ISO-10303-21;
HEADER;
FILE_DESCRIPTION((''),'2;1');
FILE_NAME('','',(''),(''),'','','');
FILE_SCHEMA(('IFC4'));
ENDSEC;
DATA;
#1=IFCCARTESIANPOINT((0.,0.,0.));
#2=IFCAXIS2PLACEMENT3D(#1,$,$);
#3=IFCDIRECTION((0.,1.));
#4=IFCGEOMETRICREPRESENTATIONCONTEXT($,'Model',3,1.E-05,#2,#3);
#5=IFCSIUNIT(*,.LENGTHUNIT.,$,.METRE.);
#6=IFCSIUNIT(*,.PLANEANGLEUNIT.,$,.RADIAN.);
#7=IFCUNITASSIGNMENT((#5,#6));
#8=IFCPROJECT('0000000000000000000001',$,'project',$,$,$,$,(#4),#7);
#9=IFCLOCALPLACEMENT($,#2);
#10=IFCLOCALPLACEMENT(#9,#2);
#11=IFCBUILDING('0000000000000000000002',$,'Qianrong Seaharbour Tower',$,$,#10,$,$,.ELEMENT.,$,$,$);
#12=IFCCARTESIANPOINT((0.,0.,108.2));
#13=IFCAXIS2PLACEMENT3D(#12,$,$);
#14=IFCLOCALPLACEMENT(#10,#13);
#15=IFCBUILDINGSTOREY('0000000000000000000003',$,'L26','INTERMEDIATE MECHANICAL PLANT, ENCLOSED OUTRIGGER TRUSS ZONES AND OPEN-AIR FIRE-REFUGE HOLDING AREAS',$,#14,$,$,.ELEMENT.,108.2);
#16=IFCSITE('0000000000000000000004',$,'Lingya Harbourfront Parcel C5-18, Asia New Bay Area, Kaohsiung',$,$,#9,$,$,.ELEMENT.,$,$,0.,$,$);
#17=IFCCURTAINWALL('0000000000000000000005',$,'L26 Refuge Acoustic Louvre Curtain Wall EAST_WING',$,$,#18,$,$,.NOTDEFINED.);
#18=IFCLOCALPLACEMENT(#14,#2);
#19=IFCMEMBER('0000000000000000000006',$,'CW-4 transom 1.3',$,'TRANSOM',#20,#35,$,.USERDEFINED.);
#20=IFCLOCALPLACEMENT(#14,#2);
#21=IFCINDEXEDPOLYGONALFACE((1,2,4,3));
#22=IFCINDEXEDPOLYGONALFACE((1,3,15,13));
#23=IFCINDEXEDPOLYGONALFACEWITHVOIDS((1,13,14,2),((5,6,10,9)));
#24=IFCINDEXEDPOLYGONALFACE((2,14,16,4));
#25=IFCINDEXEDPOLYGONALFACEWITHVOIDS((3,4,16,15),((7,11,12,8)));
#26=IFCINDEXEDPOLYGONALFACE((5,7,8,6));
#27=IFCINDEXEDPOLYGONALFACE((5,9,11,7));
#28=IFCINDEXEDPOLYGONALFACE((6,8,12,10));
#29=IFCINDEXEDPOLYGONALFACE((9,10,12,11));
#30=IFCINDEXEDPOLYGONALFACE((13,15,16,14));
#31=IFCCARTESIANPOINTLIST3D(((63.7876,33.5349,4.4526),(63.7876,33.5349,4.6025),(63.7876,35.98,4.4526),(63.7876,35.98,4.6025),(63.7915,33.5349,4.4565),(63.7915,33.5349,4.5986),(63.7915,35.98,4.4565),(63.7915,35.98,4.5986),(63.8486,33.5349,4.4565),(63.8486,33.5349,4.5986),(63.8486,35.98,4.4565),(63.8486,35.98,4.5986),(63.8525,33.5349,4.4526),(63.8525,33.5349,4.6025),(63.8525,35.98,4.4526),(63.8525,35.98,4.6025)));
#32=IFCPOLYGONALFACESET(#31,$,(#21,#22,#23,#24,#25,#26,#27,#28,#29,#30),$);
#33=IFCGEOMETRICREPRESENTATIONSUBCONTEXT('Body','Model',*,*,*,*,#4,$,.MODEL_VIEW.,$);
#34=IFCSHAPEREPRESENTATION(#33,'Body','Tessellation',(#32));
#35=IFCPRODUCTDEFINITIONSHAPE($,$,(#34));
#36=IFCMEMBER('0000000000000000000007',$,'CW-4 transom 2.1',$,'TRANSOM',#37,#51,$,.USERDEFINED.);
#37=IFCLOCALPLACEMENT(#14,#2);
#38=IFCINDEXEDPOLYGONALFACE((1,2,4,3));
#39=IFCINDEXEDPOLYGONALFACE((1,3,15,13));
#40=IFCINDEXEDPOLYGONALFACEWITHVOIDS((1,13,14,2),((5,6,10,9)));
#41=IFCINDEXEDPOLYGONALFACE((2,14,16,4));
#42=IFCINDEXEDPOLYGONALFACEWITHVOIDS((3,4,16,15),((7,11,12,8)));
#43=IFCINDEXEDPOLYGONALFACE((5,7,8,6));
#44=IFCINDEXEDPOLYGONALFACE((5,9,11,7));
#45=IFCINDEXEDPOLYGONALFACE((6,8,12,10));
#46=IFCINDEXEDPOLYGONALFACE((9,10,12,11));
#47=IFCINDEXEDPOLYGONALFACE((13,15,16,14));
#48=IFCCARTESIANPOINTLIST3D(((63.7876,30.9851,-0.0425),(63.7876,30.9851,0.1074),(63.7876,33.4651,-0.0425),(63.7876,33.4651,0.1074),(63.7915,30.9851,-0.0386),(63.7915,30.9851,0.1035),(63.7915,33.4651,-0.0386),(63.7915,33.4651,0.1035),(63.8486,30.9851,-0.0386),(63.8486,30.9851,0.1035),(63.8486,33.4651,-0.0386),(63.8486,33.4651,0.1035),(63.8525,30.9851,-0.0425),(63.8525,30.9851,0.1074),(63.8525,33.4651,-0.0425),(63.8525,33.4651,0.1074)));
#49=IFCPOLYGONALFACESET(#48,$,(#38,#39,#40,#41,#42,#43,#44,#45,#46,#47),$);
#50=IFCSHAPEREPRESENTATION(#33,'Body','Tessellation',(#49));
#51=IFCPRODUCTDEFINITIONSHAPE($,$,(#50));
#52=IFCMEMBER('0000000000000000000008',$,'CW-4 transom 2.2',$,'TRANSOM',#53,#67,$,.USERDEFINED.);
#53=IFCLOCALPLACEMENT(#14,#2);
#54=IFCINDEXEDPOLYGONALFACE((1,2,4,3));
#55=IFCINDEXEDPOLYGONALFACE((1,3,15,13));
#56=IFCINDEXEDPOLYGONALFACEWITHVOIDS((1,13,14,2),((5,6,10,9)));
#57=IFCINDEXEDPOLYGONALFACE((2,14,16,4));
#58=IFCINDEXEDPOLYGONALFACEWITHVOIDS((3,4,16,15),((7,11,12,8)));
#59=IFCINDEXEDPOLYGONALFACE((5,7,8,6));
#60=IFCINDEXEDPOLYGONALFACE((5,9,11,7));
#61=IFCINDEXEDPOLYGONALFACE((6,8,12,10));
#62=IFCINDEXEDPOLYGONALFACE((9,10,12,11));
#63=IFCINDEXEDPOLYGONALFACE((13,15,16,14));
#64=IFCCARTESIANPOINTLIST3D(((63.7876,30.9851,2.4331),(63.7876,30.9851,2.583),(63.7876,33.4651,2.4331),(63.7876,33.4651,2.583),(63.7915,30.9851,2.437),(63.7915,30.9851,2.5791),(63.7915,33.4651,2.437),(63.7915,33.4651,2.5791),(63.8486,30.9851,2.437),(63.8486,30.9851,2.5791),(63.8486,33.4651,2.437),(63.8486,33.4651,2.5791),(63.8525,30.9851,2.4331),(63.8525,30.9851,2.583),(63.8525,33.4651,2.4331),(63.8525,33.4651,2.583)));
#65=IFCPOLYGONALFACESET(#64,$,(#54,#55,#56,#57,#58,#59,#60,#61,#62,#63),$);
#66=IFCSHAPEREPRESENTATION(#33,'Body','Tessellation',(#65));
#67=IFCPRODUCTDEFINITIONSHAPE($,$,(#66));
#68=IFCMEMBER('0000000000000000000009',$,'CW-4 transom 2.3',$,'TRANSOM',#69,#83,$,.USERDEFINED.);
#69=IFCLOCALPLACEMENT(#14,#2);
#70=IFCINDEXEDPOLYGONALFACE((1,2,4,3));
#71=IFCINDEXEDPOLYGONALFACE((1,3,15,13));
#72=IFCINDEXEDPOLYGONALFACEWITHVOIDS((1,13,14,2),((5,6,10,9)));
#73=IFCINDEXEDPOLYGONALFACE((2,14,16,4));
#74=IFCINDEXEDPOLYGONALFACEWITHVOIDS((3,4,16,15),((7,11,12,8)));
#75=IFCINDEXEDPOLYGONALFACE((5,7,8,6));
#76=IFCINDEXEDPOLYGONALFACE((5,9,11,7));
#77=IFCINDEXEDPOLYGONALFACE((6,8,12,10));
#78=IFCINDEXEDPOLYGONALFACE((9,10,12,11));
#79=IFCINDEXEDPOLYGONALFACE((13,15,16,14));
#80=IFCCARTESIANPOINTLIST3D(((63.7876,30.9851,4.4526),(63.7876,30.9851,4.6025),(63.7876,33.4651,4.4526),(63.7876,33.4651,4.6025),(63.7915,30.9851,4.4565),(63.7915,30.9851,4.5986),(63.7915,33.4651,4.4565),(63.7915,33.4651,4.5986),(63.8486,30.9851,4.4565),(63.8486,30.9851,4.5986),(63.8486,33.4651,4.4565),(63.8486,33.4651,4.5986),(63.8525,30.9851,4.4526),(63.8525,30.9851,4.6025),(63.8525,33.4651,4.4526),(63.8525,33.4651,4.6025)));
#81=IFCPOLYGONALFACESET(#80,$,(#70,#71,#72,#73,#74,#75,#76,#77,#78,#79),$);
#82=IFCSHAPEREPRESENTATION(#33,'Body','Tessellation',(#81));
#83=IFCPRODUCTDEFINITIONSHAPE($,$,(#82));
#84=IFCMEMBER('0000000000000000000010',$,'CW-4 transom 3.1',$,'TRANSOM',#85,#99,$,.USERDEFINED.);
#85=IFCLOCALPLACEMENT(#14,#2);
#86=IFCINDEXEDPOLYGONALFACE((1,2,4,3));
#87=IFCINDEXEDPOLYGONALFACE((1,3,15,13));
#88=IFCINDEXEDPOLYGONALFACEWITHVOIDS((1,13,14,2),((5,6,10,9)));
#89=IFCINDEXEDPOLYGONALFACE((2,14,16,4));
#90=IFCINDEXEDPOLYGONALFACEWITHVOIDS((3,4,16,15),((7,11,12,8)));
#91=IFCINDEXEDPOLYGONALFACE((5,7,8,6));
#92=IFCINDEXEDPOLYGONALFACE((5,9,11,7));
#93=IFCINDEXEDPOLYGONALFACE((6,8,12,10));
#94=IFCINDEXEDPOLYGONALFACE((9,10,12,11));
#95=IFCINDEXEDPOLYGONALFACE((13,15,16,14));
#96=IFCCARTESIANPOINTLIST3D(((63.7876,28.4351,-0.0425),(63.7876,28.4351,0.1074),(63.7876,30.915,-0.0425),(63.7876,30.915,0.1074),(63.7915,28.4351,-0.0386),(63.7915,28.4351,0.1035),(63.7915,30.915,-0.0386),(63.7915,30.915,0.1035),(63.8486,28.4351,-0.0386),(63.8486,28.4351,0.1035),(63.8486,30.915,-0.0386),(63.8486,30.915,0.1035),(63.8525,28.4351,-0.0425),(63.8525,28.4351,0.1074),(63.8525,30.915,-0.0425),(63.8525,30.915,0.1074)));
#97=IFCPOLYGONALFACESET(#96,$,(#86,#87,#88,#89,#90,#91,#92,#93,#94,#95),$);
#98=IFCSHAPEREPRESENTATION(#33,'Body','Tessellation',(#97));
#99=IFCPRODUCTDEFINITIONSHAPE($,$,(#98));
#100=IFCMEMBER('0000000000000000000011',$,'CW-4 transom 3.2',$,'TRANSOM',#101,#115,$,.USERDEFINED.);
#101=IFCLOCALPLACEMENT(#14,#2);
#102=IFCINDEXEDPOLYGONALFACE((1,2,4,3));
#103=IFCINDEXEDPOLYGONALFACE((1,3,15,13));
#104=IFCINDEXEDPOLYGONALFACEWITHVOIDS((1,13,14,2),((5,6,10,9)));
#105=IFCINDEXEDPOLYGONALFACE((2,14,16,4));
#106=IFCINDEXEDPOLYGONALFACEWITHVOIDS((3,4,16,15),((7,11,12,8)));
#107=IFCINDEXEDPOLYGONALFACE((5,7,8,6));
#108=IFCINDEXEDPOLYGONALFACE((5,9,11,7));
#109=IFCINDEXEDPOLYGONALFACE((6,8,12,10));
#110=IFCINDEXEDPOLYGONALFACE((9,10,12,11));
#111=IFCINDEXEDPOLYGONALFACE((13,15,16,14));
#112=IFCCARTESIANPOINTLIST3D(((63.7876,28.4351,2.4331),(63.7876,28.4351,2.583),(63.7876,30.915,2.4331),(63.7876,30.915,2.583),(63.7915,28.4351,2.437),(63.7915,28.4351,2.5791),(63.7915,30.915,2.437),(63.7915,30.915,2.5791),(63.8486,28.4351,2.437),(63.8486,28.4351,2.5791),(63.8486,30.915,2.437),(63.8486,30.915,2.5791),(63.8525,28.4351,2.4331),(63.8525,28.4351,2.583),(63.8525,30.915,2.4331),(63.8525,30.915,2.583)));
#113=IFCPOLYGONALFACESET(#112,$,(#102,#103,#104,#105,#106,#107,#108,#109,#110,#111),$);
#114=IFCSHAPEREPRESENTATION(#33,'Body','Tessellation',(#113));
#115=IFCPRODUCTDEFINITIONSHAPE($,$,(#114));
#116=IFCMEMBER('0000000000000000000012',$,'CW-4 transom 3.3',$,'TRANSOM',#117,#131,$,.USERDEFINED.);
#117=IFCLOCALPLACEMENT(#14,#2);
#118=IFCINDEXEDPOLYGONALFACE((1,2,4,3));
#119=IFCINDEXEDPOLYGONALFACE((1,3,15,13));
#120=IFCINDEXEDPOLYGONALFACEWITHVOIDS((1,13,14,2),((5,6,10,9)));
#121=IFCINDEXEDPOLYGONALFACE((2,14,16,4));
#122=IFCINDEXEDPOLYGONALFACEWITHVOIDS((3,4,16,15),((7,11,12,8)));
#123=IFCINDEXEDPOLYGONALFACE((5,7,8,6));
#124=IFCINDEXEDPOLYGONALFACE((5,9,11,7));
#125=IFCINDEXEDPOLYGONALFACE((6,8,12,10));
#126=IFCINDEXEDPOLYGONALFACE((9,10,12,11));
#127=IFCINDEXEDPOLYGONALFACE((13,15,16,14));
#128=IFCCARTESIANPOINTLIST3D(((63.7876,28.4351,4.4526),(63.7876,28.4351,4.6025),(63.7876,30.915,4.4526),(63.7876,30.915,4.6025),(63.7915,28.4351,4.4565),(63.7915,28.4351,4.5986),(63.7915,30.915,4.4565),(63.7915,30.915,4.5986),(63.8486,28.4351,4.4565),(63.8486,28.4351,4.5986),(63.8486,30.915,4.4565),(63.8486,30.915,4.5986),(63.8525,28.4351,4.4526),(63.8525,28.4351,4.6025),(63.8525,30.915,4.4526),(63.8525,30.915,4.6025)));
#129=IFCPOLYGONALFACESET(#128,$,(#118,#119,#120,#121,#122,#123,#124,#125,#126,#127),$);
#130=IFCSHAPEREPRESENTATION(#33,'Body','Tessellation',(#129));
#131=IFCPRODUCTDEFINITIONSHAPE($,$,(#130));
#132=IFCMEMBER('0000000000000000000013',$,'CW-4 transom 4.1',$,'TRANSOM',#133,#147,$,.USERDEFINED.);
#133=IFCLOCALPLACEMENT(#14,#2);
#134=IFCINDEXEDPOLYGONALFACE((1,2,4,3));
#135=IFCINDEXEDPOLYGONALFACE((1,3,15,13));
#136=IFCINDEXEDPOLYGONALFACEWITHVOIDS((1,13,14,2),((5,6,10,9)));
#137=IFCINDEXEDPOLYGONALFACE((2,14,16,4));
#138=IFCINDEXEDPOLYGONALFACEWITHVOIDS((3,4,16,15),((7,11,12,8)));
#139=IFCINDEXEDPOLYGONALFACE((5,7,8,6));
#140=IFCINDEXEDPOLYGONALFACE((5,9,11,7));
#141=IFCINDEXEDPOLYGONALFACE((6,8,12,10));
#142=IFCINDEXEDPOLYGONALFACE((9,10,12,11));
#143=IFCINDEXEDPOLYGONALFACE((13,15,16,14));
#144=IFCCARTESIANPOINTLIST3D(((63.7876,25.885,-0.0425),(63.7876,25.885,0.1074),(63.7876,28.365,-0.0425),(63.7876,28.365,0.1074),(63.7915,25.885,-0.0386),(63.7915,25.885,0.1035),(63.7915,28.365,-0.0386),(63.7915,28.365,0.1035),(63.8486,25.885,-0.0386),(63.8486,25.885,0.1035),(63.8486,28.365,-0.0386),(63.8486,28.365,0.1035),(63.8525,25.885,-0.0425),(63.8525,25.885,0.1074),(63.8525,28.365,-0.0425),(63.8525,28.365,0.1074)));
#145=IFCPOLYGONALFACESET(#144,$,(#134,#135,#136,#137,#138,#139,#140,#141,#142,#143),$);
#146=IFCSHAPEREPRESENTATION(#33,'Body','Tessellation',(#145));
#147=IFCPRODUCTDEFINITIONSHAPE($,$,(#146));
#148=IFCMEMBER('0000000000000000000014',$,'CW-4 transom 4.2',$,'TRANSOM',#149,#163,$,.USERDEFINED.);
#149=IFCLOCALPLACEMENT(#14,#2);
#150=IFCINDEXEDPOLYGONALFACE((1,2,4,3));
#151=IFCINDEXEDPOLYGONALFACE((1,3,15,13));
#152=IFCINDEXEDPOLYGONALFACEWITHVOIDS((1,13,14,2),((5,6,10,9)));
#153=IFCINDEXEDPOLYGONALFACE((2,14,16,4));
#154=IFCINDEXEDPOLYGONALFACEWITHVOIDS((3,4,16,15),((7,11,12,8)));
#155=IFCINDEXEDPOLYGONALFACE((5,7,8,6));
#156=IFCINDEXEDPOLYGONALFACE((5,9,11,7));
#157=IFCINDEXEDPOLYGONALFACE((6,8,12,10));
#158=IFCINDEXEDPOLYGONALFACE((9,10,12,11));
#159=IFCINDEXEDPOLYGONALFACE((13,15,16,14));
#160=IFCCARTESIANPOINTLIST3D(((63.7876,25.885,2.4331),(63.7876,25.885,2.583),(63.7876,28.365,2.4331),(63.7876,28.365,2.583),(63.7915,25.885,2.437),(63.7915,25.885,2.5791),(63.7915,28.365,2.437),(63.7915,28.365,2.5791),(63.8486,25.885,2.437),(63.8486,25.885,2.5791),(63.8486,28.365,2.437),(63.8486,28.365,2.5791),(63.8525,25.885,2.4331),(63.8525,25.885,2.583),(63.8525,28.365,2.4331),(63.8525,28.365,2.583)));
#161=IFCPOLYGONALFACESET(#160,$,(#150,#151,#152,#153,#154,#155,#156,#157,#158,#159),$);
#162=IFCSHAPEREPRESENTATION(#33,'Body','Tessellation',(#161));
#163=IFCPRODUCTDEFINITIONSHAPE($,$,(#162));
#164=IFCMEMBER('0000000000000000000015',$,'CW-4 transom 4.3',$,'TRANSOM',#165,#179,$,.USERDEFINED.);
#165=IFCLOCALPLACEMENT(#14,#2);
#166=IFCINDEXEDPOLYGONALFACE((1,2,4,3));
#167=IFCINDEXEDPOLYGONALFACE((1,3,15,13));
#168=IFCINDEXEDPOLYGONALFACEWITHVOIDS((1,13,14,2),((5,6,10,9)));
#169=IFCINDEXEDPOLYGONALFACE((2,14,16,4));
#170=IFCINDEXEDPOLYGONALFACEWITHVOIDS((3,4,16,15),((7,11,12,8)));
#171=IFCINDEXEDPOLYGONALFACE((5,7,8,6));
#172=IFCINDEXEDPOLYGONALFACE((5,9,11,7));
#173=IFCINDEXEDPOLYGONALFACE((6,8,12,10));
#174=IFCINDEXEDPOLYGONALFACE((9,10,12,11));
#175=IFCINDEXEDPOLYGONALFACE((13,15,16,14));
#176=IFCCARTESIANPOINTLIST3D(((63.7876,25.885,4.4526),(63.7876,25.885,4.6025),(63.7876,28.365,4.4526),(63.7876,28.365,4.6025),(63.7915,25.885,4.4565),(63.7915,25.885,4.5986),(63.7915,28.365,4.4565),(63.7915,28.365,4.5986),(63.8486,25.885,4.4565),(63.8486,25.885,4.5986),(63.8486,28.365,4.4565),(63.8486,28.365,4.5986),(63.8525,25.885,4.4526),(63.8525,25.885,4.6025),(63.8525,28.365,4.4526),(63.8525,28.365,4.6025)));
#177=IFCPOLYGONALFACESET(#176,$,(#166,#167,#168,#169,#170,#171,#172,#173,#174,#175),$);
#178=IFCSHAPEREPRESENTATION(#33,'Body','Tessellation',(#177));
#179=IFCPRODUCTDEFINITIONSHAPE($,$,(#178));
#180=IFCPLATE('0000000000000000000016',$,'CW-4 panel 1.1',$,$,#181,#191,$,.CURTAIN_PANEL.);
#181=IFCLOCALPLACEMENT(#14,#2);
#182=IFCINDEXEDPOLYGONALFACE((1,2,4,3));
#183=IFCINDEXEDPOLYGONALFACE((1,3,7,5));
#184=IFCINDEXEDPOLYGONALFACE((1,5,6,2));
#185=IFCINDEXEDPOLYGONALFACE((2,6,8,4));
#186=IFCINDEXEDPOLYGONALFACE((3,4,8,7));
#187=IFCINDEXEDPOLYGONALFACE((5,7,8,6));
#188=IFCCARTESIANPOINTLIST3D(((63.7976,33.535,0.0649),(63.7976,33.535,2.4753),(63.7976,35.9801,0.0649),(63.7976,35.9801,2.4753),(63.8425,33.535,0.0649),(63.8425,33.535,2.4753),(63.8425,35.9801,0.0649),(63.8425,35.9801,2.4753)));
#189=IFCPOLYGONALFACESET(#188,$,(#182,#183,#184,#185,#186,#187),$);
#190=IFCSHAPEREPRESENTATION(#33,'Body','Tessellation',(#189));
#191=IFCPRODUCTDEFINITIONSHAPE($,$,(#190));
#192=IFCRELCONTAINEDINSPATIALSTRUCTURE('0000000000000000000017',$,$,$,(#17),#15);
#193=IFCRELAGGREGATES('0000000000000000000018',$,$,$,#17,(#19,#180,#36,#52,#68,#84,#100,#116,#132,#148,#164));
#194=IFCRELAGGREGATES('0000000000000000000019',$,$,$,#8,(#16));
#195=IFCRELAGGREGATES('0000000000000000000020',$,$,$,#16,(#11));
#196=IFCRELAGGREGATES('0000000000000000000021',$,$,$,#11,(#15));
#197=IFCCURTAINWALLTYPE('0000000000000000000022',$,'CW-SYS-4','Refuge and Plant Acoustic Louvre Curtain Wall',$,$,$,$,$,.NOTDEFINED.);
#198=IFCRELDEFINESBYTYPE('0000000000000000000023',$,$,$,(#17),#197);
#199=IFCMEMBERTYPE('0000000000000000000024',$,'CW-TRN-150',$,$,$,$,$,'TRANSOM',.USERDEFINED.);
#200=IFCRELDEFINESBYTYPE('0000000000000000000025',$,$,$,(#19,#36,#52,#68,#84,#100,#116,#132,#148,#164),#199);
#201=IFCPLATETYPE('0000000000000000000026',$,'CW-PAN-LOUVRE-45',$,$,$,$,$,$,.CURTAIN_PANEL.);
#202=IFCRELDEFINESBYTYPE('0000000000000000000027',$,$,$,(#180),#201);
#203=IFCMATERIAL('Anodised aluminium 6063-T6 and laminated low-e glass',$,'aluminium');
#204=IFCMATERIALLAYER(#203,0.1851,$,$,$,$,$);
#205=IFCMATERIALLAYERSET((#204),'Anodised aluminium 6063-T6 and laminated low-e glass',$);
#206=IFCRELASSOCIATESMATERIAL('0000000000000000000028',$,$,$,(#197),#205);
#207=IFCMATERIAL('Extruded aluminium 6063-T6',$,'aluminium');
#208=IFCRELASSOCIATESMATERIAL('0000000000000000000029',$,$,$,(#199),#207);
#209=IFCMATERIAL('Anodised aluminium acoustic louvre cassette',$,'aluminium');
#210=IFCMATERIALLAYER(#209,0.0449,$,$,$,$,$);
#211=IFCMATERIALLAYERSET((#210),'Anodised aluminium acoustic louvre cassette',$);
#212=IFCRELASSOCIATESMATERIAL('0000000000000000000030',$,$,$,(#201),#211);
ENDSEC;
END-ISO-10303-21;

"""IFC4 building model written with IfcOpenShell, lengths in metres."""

from ifc_helpers import new_model, si_unit, direction, frame, origin, origin_2d, place, context, subcontext, project, spatial, rectangle, hollow_rectangle, extrude, material, layer, layer_set, material_profile, profile_set, type_object, element, aggregate, save


model = new_model("IFC4")

# Units and contexts
model_context = context("Model", 3, precision=1e-05, world=origin(), true_north=direction((0.0, 1.0)))
body_context = subcontext(model_context, "Body", "Model", "MODEL_VIEW")
ifc_project = project(units=[si_unit("LENGTHUNIT", "METRE"), si_unit("PLANEANGLEUNIT", "RADIAN")], contexts=[model_context])

# Site, building, storey
site_placement = place(None, origin())
site = spatial("IfcSite", under=ifc_project, at=site_placement, Name="Lingya Harbourfront Parcel C5-18, Asia New Bay Area, Kaohsiung", CompositionType="ELEMENT", RefElevation=0.0)
building_placement = place(site_placement, origin())
building = spatial("IfcBuilding", under=site, at=building_placement, Name="Qianrong Seaharbour Tower", CompositionType="ELEMENT")
storey_placement = place(building_placement, frame((0.0, 0.0, 108.2)))
storey = spatial("IfcBuildingStorey", under=building, at=storey_placement, Name="L26", Description="INTERMEDIATE MECHANICAL PLANT, ENCLOSED OUTRIGGER TRUSS ZONES AND OPEN-AIR FIRE-REFUGE HOLDING AREAS", CompositionType="ELEMENT", Elevation=108.2)

# Curtain wall, members, plate
ifc_material_1 = material(Name="Anodised aluminium 6063-T6 and laminated low-e glass", Category="aluminium")
ifc_layer_1 = layer(ifc_material_1, 0.1851)
ifc_layer_set_1 = layer_set([ifc_layer_1], Name="Anodised aluminium 6063-T6 and laminated low-e glass")
curtain_wall_type = type_object("IfcCurtainWallType", Name="CW-SYS-4", Description="Refuge and Plant Acoustic Louvre Curtain Wall", PredefinedType="NOTDEFINED", material=ifc_layer_set_1)
curtain_wall_placement = place(storey_placement, origin())
curtain_wall = element("IfcCurtainWall", 1, at=curtain_wall_placement, inside=storey, type_object=curtain_wall_type, Name="L26 Refuge Acoustic Louvre Curtain Wall EAST_WING", PredefinedType="NOTDEFINED")
ifc_material_2 = material(Name="Extruded aluminium 6063-T6", Category="aluminium")
ifc_material_profile_1 = material_profile(ifc_material_2, hollow_rectangle(XDim=0.0649, YDim=0.1499, WallThickness=0.0039, at=origin_2d()), Name="ALU-TRN-150x65x4")
ifc_profile_set_1 = profile_set([ifc_material_profile_1], Name="Extruded aluminium 6063-T6")
member_type_1 = type_object("IfcMemberType", Name="CW-TRN-150", ElementType="TRANSOM", PredefinedType="USERDEFINED", material=ifc_profile_set_1)
member_1_placement = place(storey_placement, frame((63.8201, 35.98, 4.5276), z_axis=(0.0, -1.0, 0.0), x_axis=(1.0, 0.0, 0.0)))
member_1 = element("IfcMember", 2, at=member_1_placement, type_object=member_type_1, Name="CW-4 transom 1.3", ObjectType="TRANSOM", PredefinedType="USERDEFINED", context=body_context, shape_type="SweptSolid", body=[
    extrude(hollow_rectangle(XDim=0.0649, YDim=0.1499, WallThickness=0.0039, at=origin_2d()), origin(), (0.0, 0.0, 1.0), 2.4451),
])
member_2_placement = place(storey_placement, frame((63.8201, 33.4651, 0.0325), z_axis=(0.0, -1.0, 0.0), x_axis=(1.0, 0.0, 0.0)))
member_2 = element("IfcMember", 3, at=member_2_placement, type_object=member_type_1, Name="CW-4 transom 2.1", ObjectType="TRANSOM", PredefinedType="USERDEFINED", context=body_context, shape_type="SweptSolid", body=[
    extrude(hollow_rectangle(XDim=0.0649, YDim=0.1499, WallThickness=0.0039, at=origin_2d()), origin(), (0.0, 0.0, 1.0), 2.48),
])
member_3_placement = place(storey_placement, frame((63.8201, 33.4651, 2.5081), z_axis=(0.0, -1.0, 0.0), x_axis=(1.0, 0.0, 0.0)))
member_3 = element("IfcMember", 4, at=member_3_placement, type_object=member_type_1, Name="CW-4 transom 2.2", ObjectType="TRANSOM", PredefinedType="USERDEFINED", context=body_context, shape_type="SweptSolid", body=[
    extrude(hollow_rectangle(XDim=0.0649, YDim=0.1499, WallThickness=0.0039, at=origin_2d()), origin(), (0.0, 0.0, 1.0), 2.48),
])
member_4_placement = place(storey_placement, frame((63.8201, 33.4651, 4.5276), z_axis=(0.0, -1.0, 0.0), x_axis=(1.0, 0.0, 0.0)))
member_4 = element("IfcMember", 5, at=member_4_placement, type_object=member_type_1, Name="CW-4 transom 2.3", ObjectType="TRANSOM", PredefinedType="USERDEFINED", context=body_context, shape_type="SweptSolid", body=[
    extrude(hollow_rectangle(XDim=0.0649, YDim=0.1499, WallThickness=0.0039, at=origin_2d()), origin(), (0.0, 0.0, 1.0), 2.48),
])
member_5_placement = place(storey_placement, frame((63.8201, 30.915, 0.0325), z_axis=(0.0, -1.0, 0.0), x_axis=(1.0, 0.0, 0.0)))
member_5 = element("IfcMember", 6, at=member_5_placement, type_object=member_type_1, Name="CW-4 transom 3.1", ObjectType="TRANSOM", PredefinedType="USERDEFINED", context=body_context, shape_type="SweptSolid", body=[
    extrude(hollow_rectangle(XDim=0.0649, YDim=0.1499, WallThickness=0.0039, at=origin_2d()), origin(), (0.0, 0.0, 1.0), 2.48),
])
member_6_placement = place(storey_placement, frame((63.8201, 30.915, 2.5081), z_axis=(0.0, -1.0, 0.0), x_axis=(1.0, 0.0, 0.0)))
member_6 = element("IfcMember", 7, at=member_6_placement, type_object=member_type_1, Name="CW-4 transom 3.2", ObjectType="TRANSOM", PredefinedType="USERDEFINED", context=body_context, shape_type="SweptSolid", body=[
    extrude(hollow_rectangle(XDim=0.0649, YDim=0.1499, WallThickness=0.0039, at=origin_2d()), origin(), (0.0, 0.0, 1.0), 2.48),
])
member_7_placement = place(storey_placement, frame((63.8201, 30.915, 4.5276), z_axis=(0.0, -1.0, 0.0), x_axis=(1.0, 0.0, 0.0)))
member_7 = element("IfcMember", 8, at=member_7_placement, type_object=member_type_1, Name="CW-4 transom 3.3", ObjectType="TRANSOM", PredefinedType="USERDEFINED", context=body_context, shape_type="SweptSolid", body=[
    extrude(hollow_rectangle(XDim=0.0649, YDim=0.1499, WallThickness=0.0039, at=origin_2d()), origin(), (0.0, 0.0, 1.0), 2.48),
])
member_8_placement = place(storey_placement, frame((63.8201, 28.365, 0.0325), z_axis=(0.0, -1.0, 0.0), x_axis=(1.0, 0.0, 0.0)))
member_8 = element("IfcMember", 9, at=member_8_placement, type_object=member_type_1, Name="CW-4 transom 4.1", ObjectType="TRANSOM", PredefinedType="USERDEFINED", context=body_context, shape_type="SweptSolid", body=[
    extrude(hollow_rectangle(XDim=0.0649, YDim=0.1499, WallThickness=0.0039, at=origin_2d()), origin(), (0.0, 0.0, 1.0), 2.48),
])
member_9_placement = place(storey_placement, frame((63.8201, 28.365, 2.5081), z_axis=(0.0, -1.0, 0.0), x_axis=(1.0, 0.0, 0.0)))
member_9 = element("IfcMember", 10, at=member_9_placement, type_object=member_type_1, Name="CW-4 transom 4.2", ObjectType="TRANSOM", PredefinedType="USERDEFINED", context=body_context, shape_type="SweptSolid", body=[
    extrude(hollow_rectangle(XDim=0.0649, YDim=0.1499, WallThickness=0.0039, at=origin_2d()), origin(), (0.0, 0.0, 1.0), 2.48),
])
member_10_placement = place(storey_placement, frame((63.8201, 28.365, 4.5276), z_axis=(0.0, -1.0, 0.0), x_axis=(1.0, 0.0, 0.0)))
member_10 = element("IfcMember", 11, at=member_10_placement, type_object=member_type_1, Name="CW-4 transom 4.3", ObjectType="TRANSOM", PredefinedType="USERDEFINED", context=body_context, shape_type="SweptSolid", body=[
    extrude(hollow_rectangle(XDim=0.0649, YDim=0.1499, WallThickness=0.0039, at=origin_2d()), origin(), (0.0, 0.0, 1.0), 2.48),
])
ifc_material_3 = material(Name="Anodised aluminium acoustic louvre cassette", Category="aluminium")
ifc_layer_2 = layer(ifc_material_3, 0.0449)
ifc_layer_set_2 = layer_set([ifc_layer_2], Name="Anodised aluminium acoustic louvre cassette")
plate_type = type_object("IfcPlateType", Name="CW-PAN-LOUVRE-45", PredefinedType="CURTAIN_PANEL", material=ifc_layer_set_2)
plate_1_placement = place(storey_placement, frame((63.8201, 34.7576, 0.0649), z_axis=(0.0, 0.0, 1.0), x_axis=(0.0, -1.0, 0.0)))
plate_1 = element("IfcPlate", 12, at=plate_1_placement, type_object=plate_type, Name="CW-4 panel 1.1", PredefinedType="CURTAIN_PANEL", context=body_context, shape_type="SweptSolid", body=[
    extrude(rectangle(XDim=2.4451, YDim=0.0449, at=origin_2d()), origin(), (0.0, 0.0, 1.0), 2.4104),
])
aggregate(curtain_wall, [member_1, plate_1, member_2, member_3, member_4, member_5, member_6, member_7, member_8, member_9, member_10])

save(model, "model.ifc")
